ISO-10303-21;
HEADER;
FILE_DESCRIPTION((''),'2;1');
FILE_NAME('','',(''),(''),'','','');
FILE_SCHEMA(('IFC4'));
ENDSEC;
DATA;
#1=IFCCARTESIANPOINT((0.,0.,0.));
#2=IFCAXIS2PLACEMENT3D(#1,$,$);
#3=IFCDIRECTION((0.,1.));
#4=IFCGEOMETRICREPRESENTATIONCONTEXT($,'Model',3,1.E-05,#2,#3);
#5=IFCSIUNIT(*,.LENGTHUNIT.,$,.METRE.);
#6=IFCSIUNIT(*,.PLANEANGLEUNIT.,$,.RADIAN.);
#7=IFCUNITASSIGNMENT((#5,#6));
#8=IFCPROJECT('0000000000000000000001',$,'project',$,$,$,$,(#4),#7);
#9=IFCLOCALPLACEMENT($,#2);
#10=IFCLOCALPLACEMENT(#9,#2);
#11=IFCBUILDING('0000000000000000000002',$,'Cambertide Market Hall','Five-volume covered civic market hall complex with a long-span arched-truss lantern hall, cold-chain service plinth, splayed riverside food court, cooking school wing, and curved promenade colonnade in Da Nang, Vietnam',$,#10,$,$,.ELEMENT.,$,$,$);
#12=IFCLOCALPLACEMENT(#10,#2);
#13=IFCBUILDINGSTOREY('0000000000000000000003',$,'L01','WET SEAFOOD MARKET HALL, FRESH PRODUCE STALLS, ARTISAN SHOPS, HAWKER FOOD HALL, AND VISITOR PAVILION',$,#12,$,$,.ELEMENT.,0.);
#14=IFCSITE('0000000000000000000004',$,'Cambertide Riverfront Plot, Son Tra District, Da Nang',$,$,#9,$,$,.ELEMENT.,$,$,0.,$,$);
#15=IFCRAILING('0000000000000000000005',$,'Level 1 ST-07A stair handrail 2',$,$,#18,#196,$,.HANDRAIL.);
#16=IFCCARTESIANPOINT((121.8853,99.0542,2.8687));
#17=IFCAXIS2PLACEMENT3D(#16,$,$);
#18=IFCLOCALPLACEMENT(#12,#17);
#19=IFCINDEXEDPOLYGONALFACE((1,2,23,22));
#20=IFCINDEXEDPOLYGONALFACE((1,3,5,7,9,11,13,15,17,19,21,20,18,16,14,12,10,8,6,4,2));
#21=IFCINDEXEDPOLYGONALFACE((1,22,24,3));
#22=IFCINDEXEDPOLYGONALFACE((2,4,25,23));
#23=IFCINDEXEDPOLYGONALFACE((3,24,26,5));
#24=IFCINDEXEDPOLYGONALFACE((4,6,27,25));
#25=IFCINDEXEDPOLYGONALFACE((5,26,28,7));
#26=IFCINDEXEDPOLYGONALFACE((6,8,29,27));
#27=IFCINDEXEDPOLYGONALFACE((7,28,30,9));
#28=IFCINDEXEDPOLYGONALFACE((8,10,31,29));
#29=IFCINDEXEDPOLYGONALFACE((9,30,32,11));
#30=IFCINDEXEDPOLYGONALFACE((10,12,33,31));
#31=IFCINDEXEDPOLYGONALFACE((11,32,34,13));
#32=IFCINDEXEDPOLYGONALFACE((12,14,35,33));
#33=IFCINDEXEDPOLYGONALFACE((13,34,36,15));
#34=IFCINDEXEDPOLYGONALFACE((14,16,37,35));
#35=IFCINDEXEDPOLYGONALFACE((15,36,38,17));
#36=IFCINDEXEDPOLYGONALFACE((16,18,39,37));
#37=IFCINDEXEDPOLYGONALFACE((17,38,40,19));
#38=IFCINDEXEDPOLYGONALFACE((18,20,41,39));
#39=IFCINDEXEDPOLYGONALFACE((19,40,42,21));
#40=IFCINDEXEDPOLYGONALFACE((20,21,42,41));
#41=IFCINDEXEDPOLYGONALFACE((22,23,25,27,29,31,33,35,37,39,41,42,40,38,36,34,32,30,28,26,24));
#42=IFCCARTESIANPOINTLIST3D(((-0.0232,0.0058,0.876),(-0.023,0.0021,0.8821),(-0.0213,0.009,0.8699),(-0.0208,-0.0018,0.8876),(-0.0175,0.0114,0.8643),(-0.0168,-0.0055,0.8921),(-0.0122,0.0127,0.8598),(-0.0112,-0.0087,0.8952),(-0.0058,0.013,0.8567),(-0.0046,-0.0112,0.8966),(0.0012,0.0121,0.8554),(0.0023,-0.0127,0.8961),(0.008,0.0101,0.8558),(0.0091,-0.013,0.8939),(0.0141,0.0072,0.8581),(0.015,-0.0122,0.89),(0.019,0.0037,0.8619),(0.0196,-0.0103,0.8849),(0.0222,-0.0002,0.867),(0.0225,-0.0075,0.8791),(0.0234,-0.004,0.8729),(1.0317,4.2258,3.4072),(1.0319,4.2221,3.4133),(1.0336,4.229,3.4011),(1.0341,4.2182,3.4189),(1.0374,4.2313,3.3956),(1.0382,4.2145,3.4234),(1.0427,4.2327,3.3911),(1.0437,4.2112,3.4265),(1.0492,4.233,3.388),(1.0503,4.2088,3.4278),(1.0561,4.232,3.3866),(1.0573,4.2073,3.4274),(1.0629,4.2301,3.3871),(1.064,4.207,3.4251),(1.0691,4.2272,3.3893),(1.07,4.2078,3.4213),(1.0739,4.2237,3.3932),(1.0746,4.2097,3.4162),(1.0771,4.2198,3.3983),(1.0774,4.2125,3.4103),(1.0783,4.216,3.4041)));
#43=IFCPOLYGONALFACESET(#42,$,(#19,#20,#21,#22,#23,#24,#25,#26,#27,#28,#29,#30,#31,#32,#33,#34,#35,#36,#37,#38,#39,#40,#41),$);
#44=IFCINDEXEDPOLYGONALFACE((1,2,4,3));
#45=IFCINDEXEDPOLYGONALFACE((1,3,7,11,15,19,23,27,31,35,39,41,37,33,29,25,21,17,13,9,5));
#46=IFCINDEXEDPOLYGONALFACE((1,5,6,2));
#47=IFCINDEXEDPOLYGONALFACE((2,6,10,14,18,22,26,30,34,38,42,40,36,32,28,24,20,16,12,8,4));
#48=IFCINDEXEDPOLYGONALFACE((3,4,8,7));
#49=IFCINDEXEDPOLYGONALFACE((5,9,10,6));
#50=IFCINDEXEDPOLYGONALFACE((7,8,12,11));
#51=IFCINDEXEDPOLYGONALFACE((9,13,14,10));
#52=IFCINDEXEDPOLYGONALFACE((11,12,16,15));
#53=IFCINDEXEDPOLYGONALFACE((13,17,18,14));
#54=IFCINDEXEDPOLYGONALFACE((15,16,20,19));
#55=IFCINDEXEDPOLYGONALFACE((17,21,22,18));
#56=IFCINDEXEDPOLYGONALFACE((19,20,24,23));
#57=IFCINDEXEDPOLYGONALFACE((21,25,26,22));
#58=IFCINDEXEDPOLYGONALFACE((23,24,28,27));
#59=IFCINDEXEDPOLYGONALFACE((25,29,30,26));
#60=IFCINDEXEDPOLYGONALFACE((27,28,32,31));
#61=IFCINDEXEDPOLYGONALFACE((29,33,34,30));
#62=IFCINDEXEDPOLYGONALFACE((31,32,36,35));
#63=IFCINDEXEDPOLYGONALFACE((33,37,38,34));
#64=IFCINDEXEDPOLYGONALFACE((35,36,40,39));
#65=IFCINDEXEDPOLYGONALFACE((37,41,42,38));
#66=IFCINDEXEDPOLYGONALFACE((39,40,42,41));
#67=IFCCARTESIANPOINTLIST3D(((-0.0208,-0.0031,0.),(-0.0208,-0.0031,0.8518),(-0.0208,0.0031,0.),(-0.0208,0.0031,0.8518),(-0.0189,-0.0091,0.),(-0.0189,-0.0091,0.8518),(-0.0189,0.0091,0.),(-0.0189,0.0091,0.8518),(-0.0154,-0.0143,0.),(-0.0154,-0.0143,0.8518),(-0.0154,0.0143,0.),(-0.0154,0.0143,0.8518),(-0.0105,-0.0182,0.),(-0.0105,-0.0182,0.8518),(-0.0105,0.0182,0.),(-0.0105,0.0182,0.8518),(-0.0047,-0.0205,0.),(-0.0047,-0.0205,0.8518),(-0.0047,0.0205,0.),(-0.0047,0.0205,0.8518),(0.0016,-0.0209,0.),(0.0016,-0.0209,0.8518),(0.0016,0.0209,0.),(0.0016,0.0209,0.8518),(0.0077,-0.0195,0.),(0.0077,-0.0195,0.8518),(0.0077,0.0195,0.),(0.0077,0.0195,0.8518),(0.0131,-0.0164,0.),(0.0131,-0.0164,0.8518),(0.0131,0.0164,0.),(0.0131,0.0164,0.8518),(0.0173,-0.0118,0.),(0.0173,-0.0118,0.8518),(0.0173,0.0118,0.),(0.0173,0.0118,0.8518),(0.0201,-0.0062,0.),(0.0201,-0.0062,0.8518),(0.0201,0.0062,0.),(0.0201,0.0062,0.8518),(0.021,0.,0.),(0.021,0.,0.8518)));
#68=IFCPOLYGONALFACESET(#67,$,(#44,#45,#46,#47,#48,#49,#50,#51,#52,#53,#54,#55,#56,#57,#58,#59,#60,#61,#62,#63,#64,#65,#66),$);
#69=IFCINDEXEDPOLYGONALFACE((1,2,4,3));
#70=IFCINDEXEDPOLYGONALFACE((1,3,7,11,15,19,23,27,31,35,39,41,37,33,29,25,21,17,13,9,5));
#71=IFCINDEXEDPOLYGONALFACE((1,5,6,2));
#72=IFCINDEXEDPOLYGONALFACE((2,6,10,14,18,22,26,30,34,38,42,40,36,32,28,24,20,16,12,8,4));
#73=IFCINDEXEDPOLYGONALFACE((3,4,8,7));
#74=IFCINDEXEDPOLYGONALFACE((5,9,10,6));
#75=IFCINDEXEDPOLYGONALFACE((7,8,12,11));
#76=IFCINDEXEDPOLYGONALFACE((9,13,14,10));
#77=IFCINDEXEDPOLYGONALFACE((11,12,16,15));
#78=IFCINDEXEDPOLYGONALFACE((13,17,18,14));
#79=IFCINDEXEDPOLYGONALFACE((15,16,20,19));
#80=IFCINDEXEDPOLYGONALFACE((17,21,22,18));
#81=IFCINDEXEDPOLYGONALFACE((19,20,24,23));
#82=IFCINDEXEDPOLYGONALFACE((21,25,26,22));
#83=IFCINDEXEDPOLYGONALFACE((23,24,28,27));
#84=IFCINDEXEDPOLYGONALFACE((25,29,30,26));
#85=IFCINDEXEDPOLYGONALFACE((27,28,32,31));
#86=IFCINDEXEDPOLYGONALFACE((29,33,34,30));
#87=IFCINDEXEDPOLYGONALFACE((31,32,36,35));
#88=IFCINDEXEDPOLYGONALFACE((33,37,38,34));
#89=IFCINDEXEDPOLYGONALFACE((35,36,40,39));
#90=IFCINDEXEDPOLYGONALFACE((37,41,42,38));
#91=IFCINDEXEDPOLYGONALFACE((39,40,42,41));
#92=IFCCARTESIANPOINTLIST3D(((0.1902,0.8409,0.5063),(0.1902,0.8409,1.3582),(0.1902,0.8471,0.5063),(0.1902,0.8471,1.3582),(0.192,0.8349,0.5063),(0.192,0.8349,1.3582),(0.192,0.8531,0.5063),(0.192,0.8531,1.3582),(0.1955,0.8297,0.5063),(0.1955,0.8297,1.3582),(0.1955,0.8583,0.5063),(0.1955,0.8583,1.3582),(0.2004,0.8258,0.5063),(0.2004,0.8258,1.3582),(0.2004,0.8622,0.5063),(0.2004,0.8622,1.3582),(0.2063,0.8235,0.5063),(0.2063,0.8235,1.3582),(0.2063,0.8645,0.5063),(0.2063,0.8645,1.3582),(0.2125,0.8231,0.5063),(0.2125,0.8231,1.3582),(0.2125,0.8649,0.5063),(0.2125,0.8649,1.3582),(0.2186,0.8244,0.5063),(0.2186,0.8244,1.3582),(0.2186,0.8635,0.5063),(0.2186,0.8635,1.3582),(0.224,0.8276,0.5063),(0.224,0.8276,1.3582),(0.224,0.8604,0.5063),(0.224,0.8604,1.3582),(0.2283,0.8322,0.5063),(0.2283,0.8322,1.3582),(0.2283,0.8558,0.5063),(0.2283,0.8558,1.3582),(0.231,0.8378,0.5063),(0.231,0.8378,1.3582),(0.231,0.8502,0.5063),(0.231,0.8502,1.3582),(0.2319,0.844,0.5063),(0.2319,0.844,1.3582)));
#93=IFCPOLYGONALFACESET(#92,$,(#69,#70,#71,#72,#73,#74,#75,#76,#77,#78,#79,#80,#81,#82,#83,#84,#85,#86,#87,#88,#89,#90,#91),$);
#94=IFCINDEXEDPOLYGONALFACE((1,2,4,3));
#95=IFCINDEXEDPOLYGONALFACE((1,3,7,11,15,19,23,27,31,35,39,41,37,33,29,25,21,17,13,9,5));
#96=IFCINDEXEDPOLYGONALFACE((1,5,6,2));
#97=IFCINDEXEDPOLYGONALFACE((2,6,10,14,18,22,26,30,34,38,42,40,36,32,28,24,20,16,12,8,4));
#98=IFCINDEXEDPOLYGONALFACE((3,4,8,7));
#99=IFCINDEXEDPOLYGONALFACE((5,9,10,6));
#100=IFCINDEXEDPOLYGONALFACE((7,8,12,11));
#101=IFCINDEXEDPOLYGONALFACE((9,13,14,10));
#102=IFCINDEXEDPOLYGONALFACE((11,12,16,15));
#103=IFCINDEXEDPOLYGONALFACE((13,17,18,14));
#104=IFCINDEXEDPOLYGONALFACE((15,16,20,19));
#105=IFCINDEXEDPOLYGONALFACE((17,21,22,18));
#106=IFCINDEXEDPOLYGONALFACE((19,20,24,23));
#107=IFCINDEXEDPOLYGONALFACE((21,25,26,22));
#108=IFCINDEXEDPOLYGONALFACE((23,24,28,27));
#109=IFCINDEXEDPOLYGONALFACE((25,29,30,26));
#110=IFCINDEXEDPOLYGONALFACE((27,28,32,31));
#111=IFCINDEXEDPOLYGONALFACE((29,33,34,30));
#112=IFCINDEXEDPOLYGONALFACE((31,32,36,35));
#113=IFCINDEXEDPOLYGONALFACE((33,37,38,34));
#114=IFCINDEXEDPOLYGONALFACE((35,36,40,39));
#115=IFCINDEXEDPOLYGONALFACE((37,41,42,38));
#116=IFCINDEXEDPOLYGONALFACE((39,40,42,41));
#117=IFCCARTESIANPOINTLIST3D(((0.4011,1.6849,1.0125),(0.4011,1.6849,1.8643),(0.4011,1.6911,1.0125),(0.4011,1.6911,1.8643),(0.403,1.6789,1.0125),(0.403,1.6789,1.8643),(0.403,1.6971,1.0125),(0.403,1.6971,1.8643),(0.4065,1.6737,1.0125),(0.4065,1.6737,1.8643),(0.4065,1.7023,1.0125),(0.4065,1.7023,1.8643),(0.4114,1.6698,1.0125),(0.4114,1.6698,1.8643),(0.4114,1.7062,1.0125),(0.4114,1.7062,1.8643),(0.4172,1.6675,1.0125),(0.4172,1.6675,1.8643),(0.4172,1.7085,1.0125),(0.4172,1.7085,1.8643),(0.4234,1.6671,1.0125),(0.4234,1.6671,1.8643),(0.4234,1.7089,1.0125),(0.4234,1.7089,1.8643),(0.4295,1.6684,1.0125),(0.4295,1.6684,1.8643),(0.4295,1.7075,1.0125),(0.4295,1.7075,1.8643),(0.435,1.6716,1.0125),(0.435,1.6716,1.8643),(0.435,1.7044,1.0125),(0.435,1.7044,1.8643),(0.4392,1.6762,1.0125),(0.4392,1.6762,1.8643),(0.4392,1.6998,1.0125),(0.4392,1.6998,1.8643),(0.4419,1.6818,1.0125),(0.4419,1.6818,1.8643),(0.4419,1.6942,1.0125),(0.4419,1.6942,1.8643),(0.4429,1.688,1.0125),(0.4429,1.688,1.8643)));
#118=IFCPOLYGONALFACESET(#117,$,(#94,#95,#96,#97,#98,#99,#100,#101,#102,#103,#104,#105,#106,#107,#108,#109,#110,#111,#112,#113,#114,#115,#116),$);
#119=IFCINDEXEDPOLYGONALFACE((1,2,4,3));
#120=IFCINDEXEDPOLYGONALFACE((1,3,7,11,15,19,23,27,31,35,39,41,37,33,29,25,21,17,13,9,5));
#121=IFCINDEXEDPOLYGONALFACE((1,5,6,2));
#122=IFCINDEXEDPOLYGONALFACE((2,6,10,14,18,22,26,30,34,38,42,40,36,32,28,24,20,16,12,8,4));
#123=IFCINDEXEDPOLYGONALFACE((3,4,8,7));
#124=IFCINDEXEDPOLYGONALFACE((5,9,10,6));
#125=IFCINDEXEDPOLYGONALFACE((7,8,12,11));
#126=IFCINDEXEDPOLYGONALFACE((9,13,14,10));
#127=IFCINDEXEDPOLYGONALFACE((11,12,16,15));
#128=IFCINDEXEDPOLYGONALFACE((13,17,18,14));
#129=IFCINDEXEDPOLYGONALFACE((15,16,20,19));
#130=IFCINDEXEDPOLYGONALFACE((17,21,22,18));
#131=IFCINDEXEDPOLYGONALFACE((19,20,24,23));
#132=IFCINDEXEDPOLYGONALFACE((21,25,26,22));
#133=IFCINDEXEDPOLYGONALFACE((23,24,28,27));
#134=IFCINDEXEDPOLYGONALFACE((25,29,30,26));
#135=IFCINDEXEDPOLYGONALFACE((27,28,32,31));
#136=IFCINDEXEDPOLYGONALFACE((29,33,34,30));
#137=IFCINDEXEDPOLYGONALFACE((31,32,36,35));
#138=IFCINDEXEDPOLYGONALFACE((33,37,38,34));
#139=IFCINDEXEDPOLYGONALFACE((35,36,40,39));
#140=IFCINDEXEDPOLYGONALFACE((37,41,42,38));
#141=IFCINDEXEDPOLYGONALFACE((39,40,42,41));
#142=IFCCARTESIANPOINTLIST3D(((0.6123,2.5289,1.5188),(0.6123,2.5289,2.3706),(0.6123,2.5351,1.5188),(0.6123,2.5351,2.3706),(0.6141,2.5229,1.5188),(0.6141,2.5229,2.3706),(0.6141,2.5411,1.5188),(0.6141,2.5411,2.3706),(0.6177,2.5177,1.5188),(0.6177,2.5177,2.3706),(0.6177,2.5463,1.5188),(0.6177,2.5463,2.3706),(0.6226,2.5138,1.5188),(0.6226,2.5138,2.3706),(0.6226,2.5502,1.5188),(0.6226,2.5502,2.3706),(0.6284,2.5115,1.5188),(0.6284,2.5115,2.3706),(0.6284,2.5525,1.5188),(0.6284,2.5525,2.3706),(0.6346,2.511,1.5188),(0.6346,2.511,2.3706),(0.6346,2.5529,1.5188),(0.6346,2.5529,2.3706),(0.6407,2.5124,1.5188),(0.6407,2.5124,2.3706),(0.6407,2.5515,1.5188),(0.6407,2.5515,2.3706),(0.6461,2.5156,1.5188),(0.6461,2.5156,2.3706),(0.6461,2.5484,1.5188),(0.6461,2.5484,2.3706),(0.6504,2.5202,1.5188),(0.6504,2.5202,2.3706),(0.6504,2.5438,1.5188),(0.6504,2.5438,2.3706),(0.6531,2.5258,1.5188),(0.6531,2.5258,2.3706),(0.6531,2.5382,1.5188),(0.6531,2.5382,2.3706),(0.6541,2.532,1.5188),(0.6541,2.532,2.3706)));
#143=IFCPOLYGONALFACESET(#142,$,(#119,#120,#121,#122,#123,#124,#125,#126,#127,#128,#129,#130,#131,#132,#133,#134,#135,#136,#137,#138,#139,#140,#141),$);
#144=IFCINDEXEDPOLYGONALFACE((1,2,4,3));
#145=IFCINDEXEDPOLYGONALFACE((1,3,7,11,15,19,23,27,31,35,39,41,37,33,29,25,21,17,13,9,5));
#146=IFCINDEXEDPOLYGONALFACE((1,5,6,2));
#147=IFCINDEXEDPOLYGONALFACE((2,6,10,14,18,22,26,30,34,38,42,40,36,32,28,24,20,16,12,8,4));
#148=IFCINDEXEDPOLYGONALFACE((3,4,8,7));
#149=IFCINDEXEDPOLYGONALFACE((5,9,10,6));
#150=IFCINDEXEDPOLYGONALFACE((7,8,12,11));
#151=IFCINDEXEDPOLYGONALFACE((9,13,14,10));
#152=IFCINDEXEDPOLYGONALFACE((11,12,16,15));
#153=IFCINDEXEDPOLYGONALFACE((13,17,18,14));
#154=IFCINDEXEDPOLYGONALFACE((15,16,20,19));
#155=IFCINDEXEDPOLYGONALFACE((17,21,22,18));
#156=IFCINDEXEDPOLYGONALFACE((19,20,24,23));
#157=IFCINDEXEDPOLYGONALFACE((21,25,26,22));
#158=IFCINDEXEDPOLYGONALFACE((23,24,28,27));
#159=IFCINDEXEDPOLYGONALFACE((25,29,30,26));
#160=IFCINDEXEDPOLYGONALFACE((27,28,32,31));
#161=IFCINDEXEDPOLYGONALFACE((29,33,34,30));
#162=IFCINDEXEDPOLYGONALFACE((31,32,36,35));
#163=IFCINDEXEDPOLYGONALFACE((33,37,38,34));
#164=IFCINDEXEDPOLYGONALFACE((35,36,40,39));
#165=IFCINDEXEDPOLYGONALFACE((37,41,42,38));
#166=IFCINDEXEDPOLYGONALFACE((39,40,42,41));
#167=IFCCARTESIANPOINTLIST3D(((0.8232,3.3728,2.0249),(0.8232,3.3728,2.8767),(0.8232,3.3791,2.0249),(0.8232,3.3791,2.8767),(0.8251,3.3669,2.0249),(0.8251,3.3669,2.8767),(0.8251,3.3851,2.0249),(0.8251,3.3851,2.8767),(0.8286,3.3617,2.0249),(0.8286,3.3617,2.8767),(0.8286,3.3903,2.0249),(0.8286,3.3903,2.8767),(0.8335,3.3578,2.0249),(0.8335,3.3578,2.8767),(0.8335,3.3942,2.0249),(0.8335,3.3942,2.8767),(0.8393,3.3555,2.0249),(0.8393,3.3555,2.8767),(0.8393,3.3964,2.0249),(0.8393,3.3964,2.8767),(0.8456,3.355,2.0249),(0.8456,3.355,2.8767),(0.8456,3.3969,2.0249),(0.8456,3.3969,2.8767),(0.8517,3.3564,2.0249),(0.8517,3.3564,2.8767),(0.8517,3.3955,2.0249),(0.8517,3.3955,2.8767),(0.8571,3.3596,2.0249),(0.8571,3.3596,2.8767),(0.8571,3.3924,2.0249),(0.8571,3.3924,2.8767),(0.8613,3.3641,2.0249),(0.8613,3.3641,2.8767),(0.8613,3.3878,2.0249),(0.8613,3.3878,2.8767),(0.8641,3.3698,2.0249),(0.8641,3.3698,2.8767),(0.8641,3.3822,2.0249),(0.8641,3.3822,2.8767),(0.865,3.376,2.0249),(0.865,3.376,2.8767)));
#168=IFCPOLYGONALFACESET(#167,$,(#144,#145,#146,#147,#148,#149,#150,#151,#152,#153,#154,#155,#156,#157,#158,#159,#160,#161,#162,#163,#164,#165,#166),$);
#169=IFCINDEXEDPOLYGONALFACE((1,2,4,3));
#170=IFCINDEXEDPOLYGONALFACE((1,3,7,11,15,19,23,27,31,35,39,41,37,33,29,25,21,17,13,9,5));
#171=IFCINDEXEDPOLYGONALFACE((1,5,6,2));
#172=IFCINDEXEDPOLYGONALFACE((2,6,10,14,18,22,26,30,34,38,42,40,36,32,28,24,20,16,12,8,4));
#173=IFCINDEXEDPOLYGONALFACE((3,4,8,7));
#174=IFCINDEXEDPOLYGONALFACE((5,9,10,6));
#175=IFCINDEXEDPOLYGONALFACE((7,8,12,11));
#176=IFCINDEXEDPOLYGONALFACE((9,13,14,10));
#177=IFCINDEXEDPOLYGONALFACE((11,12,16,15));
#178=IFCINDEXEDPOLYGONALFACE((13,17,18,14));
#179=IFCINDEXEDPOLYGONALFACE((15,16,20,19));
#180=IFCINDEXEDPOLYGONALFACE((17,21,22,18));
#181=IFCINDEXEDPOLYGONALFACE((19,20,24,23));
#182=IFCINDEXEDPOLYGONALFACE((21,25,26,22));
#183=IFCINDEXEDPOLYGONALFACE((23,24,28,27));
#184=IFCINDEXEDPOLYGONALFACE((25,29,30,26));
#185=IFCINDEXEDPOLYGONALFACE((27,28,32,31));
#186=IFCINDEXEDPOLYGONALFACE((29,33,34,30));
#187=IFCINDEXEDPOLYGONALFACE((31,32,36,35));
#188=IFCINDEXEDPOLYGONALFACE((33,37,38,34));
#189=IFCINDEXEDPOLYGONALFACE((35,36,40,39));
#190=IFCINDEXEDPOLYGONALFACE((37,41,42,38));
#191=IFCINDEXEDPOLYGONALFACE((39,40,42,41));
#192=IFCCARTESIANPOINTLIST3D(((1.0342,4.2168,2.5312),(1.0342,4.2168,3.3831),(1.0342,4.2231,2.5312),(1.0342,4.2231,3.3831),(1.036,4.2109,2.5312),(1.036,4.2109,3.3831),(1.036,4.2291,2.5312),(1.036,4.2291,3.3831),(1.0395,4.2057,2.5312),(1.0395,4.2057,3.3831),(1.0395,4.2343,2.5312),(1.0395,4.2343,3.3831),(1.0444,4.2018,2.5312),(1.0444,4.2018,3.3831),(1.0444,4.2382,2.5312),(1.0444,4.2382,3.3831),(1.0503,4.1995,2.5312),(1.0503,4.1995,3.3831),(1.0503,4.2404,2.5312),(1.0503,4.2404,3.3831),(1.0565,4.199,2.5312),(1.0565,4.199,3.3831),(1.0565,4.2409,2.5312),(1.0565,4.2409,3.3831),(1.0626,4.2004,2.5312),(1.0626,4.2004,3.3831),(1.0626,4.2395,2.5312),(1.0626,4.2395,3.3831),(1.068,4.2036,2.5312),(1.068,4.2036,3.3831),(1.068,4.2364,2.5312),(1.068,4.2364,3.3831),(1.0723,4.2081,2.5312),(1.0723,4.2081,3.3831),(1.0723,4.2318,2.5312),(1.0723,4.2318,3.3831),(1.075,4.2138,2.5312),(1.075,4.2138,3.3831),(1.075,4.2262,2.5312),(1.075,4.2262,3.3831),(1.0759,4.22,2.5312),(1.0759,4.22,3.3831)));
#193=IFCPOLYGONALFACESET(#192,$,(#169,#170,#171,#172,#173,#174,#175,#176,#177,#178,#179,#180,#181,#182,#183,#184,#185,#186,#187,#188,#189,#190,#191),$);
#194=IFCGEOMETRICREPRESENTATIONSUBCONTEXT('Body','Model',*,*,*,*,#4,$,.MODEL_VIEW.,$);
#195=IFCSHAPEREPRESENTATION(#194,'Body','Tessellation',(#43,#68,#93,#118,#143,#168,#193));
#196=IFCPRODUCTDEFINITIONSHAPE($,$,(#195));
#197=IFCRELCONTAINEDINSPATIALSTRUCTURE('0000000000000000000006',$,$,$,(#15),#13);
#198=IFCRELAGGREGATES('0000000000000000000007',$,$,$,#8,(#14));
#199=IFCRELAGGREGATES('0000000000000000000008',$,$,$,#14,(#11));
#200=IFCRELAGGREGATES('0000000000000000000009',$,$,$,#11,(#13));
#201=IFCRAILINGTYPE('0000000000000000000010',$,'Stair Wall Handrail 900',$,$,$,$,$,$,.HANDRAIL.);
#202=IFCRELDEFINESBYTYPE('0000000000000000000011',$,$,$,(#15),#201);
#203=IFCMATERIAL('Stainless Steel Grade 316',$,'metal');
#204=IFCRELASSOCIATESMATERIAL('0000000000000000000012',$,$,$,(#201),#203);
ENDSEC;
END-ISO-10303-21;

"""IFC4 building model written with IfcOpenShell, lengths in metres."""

from ifc_helpers import new_model, si_unit, direction, frame, origin, origin_2d, place, context, subcontext, project, spatial, circle, extrude, material, type_object, element, save


model = new_model("IFC4")

# Units and contexts
model_context = context("Model", 3, precision=1e-05, world=origin(), true_north=direction((0.0, 1.0)))
body_context = subcontext(model_context, "Body", "Model", "MODEL_VIEW")
ifc_project = project(units=[si_unit("LENGTHUNIT", "METRE"), si_unit("PLANEANGLEUNIT", "RADIAN")], contexts=[model_context])

# Site, building, storey
site_placement = place(None, origin())
site = spatial("IfcSite", under=ifc_project, at=site_placement, Name="Cambertide Riverfront Plot, Son Tra District, Da Nang", CompositionType="ELEMENT", RefElevation=0.0)
building_placement = place(site_placement, origin())
building = spatial("IfcBuilding", under=site, at=building_placement, Name="Cambertide Market Hall", Description="Five-volume covered civic market hall complex with a long-span arched-truss lantern hall, cold-chain service plinth, splayed riverside food court, cooking school wing, and curved promenade colonnade in Da Nang, Vietnam", CompositionType="ELEMENT")
storey_placement = place(building_placement, origin())
storey = spatial("IfcBuildingStorey", under=building, at=storey_placement, Name="L01", Description="WET SEAFOOD MARKET HALL, FRESH PRODUCE STALLS, ARTISAN SHOPS, HAWKER FOOD HALL, AND VISITOR PAVILION", CompositionType="ELEMENT", Elevation=0.0)

# Railing
ifc_material_1 = material(Name="Stainless Steel Grade 316", Category="metal")
railing_type_1 = type_object("IfcRailingType", Name="Stair Wall Handrail 900", PredefinedType="HANDRAIL", material=ifc_material_1)
railing_1_placement = place(storey_placement, frame((121.8853, 99.0542, 2.8687)))
element("IfcRailing", 1, at=railing_1_placement, inside=storey, type_object=railing_type_1, Name="Level 1 ST-07A stair handrail 2", PredefinedType="HANDRAIL", context=body_context, shape_type="SweptSolid", body=[
    extrude(circle(Radius=0.0239, at=origin_2d()), frame((0.0, 0.0, 0.876), z_axis=(0.209615, 0.838507, 0.502959), x_axis=(-0.970146, 0.242522, 0.0)), (0.0, 0.0, 1.0), 5.0327),
    extrude(circle(Radius=0.021, at=origin_2d()), origin(), (0.0, 0.0, 1.0), 0.8518),
    extrude(circle(Radius=0.021, at=origin_2d()), frame((0.2109, 0.844, 0.5063)), (0.0, 0.0, 1.0), 0.8518),
    extrude(circle(Radius=0.021, at=origin_2d()), frame((0.4219, 1.688, 1.0125)), (0.0, 0.0, 1.0), 0.8518),
    extrude(circle(Radius=0.021, at=origin_2d()), frame((0.6331, 2.532, 1.5188)), (0.0, 0.0, 1.0), 0.8518),
    extrude(circle(Radius=0.021, at=origin_2d()), frame((0.844, 3.376, 2.0249)), (0.0, 0.0, 1.0), 0.8518),
    extrude(circle(Radius=0.021, at=origin_2d()), frame((1.0549, 4.22, 2.5312)), (0.0, 0.0, 1.0), 0.8518),
])

save(model, "model.ifc")
